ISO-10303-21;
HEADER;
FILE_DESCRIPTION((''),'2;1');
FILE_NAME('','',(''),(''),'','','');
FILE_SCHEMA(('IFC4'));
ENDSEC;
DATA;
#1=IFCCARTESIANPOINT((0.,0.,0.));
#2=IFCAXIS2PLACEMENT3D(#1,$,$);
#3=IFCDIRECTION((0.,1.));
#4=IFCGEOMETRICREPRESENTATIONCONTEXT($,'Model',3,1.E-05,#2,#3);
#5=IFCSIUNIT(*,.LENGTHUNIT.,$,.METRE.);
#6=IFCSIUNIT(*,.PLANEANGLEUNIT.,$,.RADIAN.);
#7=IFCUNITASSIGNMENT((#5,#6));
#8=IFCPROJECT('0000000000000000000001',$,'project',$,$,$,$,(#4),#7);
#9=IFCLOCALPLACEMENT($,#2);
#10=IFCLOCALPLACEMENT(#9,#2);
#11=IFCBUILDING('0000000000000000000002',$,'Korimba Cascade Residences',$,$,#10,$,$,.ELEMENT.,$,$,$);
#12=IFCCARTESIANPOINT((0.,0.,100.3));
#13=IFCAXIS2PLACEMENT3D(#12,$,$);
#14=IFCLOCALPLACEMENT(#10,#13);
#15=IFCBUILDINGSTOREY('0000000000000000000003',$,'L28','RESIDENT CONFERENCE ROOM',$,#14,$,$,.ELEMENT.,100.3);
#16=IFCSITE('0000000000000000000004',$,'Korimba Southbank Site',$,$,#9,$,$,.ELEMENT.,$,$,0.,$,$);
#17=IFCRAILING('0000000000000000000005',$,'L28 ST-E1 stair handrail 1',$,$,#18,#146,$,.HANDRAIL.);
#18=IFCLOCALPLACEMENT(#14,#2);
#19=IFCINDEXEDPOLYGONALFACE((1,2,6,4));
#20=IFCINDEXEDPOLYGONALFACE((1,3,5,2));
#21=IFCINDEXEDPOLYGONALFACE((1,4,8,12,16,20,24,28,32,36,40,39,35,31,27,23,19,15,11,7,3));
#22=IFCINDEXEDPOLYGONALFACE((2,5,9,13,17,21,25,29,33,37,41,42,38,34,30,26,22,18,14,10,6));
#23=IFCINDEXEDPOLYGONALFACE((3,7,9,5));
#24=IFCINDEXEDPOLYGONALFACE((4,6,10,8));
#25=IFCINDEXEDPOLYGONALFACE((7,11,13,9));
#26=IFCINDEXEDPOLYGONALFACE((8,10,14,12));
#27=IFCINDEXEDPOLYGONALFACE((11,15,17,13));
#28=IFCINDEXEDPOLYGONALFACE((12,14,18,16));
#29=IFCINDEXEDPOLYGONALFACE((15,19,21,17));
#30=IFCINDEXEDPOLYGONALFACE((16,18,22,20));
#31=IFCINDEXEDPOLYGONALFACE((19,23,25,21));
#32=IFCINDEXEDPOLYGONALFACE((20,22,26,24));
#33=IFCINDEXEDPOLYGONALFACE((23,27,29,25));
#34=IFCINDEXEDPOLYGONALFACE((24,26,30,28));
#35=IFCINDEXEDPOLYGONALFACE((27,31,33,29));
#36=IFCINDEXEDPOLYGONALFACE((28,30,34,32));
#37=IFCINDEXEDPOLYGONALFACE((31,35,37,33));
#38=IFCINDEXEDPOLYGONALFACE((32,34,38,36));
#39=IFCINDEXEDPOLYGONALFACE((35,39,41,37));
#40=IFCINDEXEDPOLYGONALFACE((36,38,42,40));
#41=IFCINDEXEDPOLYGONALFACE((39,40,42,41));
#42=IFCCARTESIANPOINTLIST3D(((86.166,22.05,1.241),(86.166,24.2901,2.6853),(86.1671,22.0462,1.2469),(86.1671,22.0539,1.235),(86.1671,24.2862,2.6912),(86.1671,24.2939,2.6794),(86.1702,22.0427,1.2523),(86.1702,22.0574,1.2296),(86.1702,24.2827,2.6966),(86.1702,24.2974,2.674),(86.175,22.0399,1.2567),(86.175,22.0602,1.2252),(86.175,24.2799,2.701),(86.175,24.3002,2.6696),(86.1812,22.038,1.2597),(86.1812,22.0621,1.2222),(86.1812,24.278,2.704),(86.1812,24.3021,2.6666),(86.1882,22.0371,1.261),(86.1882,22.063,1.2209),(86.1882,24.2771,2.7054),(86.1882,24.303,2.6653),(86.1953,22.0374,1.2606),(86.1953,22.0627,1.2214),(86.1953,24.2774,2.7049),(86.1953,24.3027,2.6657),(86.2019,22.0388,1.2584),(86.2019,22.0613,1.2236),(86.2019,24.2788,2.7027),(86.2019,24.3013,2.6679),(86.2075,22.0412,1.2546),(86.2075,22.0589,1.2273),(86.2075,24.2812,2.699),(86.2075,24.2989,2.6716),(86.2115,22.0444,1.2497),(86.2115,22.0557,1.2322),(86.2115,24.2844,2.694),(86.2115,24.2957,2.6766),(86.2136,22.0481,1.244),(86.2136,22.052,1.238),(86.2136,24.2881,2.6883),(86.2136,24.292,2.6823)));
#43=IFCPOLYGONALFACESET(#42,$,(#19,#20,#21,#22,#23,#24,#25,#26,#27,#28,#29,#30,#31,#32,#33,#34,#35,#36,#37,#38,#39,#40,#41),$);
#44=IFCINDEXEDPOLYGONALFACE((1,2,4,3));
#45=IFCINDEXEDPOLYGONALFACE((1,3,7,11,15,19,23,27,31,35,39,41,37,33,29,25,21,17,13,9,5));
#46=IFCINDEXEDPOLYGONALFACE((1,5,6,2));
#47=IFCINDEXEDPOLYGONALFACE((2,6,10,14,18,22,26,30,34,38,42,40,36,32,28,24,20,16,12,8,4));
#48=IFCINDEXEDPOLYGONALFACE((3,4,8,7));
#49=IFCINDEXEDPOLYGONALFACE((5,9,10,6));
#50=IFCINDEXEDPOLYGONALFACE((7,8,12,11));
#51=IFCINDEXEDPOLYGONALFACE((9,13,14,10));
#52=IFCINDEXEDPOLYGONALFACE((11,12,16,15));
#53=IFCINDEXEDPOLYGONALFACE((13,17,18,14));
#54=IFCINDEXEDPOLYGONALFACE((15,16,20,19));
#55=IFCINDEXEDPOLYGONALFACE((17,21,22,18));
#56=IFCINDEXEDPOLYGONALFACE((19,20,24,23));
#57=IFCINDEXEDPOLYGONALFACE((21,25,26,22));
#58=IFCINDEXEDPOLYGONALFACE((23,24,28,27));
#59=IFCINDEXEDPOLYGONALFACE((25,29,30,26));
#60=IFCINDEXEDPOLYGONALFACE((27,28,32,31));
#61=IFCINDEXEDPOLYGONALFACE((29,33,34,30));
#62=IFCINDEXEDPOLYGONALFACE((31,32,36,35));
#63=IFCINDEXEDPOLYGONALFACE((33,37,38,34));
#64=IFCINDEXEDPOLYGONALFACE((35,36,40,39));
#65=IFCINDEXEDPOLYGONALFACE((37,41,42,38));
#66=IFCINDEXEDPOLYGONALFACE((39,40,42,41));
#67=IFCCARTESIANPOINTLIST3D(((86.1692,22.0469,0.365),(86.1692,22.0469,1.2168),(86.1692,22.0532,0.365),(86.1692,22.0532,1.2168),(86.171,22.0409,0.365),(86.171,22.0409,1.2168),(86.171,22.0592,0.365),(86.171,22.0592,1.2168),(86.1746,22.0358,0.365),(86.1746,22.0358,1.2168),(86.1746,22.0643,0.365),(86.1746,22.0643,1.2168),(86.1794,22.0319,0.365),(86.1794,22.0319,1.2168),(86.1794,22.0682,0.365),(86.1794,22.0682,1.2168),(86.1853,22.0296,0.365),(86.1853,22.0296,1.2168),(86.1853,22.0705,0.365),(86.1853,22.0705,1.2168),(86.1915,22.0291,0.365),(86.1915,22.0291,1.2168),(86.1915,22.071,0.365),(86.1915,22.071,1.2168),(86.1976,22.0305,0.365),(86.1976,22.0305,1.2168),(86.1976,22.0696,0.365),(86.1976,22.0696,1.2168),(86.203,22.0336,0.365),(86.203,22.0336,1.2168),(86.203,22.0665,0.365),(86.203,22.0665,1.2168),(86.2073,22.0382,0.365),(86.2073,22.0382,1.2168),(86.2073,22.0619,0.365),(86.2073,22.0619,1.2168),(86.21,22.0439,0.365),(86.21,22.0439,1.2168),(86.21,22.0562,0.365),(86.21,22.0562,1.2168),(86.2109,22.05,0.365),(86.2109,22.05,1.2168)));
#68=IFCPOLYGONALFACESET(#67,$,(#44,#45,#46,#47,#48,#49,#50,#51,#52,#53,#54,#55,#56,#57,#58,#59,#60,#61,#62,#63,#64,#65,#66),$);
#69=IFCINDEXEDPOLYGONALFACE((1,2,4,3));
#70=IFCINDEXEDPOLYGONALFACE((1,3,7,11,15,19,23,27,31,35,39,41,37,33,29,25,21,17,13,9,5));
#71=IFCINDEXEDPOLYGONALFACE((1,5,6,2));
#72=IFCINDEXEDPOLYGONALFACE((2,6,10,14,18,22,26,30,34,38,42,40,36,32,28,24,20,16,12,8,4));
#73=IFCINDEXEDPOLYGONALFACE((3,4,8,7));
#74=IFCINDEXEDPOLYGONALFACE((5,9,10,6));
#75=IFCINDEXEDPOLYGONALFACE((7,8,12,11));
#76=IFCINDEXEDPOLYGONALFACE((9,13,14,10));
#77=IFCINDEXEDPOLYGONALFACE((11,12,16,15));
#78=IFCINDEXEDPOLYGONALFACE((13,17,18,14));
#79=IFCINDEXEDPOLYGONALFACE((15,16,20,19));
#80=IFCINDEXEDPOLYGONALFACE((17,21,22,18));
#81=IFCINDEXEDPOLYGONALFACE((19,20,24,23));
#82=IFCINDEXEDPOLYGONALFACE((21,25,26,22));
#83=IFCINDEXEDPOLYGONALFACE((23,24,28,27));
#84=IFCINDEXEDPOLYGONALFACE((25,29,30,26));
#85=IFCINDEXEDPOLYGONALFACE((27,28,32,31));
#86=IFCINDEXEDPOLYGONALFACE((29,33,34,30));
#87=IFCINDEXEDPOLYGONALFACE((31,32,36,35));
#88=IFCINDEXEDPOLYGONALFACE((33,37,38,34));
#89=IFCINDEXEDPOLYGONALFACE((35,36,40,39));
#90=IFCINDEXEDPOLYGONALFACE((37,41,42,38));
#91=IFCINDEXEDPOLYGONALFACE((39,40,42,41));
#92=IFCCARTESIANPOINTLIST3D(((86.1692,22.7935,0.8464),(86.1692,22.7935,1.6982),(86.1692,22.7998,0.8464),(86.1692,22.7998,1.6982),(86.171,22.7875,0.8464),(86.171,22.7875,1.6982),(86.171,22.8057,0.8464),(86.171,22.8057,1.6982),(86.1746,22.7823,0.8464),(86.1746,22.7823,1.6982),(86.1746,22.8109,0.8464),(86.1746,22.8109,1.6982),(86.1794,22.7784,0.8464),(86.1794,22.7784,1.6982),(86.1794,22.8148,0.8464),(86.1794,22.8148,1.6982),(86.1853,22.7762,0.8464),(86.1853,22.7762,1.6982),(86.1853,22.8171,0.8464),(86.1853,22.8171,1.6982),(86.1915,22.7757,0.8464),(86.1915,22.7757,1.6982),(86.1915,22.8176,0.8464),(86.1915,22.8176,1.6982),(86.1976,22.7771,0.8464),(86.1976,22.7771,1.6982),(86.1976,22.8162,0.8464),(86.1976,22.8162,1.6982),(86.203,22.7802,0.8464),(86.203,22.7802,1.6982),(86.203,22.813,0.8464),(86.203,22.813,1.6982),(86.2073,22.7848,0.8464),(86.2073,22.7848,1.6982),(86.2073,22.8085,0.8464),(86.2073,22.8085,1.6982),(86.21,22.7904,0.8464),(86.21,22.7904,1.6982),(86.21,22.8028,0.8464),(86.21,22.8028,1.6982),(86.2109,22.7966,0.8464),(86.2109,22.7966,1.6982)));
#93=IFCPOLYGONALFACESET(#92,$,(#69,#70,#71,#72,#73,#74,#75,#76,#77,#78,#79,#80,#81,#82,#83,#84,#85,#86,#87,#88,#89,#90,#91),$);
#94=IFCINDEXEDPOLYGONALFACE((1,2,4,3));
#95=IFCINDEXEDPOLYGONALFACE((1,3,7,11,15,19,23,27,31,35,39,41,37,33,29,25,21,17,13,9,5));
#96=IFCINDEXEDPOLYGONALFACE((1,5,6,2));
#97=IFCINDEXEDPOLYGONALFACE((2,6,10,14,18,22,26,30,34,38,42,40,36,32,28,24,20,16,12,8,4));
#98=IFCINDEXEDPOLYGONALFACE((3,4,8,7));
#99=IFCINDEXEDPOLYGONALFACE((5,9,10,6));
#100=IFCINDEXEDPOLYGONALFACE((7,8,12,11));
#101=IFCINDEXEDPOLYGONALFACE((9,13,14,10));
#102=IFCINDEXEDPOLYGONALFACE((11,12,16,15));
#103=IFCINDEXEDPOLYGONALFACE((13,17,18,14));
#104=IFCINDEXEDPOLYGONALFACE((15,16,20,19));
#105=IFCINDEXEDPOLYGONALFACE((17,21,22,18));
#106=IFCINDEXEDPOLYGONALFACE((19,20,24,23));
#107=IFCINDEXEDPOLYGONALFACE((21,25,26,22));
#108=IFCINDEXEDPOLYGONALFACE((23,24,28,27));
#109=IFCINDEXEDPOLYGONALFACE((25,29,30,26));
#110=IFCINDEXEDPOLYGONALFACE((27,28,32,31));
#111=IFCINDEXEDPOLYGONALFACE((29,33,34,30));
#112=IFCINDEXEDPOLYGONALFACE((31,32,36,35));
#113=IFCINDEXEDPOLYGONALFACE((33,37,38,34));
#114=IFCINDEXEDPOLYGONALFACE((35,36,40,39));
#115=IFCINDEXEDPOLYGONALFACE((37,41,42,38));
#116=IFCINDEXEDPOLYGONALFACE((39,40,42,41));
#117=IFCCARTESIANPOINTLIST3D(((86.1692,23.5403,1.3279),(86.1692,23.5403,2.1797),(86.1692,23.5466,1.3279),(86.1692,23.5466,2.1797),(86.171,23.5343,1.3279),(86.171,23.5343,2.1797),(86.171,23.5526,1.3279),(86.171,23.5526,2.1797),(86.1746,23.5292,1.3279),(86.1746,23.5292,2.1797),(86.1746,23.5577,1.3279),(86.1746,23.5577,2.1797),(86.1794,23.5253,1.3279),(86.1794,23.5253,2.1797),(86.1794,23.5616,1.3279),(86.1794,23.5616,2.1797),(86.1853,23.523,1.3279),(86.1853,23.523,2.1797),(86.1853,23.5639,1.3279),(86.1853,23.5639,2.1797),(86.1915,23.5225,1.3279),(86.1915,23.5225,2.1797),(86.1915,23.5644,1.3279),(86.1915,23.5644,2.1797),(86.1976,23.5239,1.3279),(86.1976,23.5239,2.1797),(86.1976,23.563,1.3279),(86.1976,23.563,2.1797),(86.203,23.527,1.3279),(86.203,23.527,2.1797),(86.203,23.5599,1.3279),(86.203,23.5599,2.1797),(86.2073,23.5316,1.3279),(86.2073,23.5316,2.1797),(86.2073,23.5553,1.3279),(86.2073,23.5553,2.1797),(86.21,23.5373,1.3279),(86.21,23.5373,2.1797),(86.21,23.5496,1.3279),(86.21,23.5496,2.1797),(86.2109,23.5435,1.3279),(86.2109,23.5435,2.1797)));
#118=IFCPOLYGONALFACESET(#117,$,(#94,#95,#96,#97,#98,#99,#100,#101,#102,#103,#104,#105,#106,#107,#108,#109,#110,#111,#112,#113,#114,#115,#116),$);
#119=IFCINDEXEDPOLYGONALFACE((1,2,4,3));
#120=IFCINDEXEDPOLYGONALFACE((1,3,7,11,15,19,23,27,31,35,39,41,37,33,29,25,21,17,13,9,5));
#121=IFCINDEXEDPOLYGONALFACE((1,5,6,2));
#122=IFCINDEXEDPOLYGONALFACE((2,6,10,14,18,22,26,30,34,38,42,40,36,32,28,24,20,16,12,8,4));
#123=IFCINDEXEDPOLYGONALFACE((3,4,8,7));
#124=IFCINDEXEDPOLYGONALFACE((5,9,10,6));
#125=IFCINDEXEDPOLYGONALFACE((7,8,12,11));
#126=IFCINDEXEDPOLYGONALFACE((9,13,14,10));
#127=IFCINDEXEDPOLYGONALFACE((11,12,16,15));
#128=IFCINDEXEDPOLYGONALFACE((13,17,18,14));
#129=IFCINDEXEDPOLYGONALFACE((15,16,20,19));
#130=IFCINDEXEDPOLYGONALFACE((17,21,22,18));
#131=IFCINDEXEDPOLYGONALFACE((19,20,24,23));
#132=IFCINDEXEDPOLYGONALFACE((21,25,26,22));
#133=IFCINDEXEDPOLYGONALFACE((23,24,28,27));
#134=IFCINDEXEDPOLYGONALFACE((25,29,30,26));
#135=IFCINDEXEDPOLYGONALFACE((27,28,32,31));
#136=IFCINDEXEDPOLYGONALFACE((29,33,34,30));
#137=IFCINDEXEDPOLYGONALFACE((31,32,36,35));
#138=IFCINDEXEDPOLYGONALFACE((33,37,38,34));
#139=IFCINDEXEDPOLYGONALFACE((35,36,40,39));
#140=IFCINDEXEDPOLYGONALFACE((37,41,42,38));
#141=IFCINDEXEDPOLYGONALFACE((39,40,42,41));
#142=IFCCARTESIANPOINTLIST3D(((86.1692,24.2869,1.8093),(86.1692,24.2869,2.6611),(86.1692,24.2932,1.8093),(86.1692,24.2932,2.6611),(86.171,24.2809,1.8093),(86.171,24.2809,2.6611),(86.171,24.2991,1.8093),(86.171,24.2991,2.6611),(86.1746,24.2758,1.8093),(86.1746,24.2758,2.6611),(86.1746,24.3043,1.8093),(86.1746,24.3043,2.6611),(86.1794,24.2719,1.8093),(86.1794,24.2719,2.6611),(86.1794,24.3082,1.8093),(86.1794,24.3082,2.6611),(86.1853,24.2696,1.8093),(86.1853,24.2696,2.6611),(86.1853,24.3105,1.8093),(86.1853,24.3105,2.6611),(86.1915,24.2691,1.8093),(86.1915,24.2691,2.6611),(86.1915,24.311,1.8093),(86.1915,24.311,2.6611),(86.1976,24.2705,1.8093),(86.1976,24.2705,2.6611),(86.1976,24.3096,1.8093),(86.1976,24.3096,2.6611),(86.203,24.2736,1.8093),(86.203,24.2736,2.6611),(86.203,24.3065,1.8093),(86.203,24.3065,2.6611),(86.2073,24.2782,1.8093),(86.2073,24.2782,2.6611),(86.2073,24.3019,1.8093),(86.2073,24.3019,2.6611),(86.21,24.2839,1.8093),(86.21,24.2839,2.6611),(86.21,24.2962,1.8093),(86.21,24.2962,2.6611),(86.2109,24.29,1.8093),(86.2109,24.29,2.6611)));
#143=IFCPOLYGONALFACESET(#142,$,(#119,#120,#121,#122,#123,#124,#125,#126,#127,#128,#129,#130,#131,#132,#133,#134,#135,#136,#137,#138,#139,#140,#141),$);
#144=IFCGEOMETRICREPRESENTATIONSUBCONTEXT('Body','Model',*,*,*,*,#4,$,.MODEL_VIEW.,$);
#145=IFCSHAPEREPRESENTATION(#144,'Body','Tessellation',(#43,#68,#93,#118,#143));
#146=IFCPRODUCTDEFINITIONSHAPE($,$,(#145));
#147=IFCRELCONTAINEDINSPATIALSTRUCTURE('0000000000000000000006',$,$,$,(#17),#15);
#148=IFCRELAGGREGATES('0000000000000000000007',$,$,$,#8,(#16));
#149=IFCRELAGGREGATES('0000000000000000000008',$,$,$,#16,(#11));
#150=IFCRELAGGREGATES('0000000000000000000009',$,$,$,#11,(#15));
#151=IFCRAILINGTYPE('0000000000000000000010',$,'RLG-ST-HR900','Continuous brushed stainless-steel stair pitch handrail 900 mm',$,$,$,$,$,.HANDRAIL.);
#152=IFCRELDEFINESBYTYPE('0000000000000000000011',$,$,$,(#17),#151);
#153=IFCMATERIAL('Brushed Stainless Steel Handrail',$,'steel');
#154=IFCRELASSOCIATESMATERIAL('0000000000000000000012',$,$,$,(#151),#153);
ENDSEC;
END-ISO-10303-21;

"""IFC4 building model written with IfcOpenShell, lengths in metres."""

from ifc_helpers import new_model, si_unit, direction, frame, origin, origin_2d, place, context, subcontext, project, spatial, circle, extrude, material, type_object, element, save


model = new_model("IFC4")

# Units and contexts
model_context = context("Model", 3, precision=1e-05, world=origin(), true_north=direction((0.0, 1.0)))
body_context = subcontext(model_context, "Body", "Model", "MODEL_VIEW")
ifc_project = project(units=[si_unit("LENGTHUNIT", "METRE"), si_unit("PLANEANGLEUNIT", "RADIAN")], contexts=[model_context])

# Site, building, storey
site_placement = place(None, origin())
site = spatial("IfcSite", under=ifc_project, at=site_placement, Name="Korimba Southbank Site", CompositionType="ELEMENT", RefElevation=0.0)
building_placement = place(site_placement, origin())
building = spatial("IfcBuilding", under=site, at=building_placement, Name="Korimba Cascade Residences", CompositionType="ELEMENT")
storey_placement = place(building_placement, frame((0.0, 0.0, 100.3)))
storey = spatial("IfcBuildingStorey", under=building, at=storey_placement, Name="L28", Description="RESIDENT CONFERENCE ROOM", CompositionType="ELEMENT", Elevation=100.3)

# Railing
ifc_material_1 = material(Name="Brushed Stainless Steel Handrail", Category="steel")
railing_type_1 = type_object("IfcRailingType", Name="RLG-ST-HR900", Description="Continuous brushed stainless-steel stair pitch handrail 900 mm", PredefinedType="HANDRAIL", material=ifc_material_1)
railing_1_placement = place(storey_placement, frame((86.1899, 22.05, 0.365)))
element("IfcRailing", 1, at=railing_1_placement, inside=storey, type_object=railing_type_1, Name="L28 ST-E1 stair handrail 1", PredefinedType="HANDRAIL", context=body_context, shape_type="SweptSolid", body=[
    extrude(circle(Radius=0.0239, at=origin_2d()), frame((0.0, 0.0, 0.876), z_axis=(0.0, 0.840437, 0.54191), x_axis=(-1.0, 0.0, 0.0)), (0.0, 0.0, 1.0), 2.6653),
    extrude(circle(Radius=0.021, at=origin_2d()), origin(), (0.0, 0.0, 1.0), 0.8518),
    extrude(circle(Radius=0.021, at=origin_2d()), frame((0.0, 0.7466, 0.4814)), (0.0, 0.0, 1.0), 0.8518),
    extrude(circle(Radius=0.021, at=origin_2d()), frame((0.0, 1.4934, 0.9629)), (0.0, 0.0, 1.0), 0.8518),
    extrude(circle(Radius=0.021, at=origin_2d()), frame((0.0, 2.24, 1.4443)), (0.0, 0.0, 1.0), 0.8518),
])

save(model, "model.ifc")
